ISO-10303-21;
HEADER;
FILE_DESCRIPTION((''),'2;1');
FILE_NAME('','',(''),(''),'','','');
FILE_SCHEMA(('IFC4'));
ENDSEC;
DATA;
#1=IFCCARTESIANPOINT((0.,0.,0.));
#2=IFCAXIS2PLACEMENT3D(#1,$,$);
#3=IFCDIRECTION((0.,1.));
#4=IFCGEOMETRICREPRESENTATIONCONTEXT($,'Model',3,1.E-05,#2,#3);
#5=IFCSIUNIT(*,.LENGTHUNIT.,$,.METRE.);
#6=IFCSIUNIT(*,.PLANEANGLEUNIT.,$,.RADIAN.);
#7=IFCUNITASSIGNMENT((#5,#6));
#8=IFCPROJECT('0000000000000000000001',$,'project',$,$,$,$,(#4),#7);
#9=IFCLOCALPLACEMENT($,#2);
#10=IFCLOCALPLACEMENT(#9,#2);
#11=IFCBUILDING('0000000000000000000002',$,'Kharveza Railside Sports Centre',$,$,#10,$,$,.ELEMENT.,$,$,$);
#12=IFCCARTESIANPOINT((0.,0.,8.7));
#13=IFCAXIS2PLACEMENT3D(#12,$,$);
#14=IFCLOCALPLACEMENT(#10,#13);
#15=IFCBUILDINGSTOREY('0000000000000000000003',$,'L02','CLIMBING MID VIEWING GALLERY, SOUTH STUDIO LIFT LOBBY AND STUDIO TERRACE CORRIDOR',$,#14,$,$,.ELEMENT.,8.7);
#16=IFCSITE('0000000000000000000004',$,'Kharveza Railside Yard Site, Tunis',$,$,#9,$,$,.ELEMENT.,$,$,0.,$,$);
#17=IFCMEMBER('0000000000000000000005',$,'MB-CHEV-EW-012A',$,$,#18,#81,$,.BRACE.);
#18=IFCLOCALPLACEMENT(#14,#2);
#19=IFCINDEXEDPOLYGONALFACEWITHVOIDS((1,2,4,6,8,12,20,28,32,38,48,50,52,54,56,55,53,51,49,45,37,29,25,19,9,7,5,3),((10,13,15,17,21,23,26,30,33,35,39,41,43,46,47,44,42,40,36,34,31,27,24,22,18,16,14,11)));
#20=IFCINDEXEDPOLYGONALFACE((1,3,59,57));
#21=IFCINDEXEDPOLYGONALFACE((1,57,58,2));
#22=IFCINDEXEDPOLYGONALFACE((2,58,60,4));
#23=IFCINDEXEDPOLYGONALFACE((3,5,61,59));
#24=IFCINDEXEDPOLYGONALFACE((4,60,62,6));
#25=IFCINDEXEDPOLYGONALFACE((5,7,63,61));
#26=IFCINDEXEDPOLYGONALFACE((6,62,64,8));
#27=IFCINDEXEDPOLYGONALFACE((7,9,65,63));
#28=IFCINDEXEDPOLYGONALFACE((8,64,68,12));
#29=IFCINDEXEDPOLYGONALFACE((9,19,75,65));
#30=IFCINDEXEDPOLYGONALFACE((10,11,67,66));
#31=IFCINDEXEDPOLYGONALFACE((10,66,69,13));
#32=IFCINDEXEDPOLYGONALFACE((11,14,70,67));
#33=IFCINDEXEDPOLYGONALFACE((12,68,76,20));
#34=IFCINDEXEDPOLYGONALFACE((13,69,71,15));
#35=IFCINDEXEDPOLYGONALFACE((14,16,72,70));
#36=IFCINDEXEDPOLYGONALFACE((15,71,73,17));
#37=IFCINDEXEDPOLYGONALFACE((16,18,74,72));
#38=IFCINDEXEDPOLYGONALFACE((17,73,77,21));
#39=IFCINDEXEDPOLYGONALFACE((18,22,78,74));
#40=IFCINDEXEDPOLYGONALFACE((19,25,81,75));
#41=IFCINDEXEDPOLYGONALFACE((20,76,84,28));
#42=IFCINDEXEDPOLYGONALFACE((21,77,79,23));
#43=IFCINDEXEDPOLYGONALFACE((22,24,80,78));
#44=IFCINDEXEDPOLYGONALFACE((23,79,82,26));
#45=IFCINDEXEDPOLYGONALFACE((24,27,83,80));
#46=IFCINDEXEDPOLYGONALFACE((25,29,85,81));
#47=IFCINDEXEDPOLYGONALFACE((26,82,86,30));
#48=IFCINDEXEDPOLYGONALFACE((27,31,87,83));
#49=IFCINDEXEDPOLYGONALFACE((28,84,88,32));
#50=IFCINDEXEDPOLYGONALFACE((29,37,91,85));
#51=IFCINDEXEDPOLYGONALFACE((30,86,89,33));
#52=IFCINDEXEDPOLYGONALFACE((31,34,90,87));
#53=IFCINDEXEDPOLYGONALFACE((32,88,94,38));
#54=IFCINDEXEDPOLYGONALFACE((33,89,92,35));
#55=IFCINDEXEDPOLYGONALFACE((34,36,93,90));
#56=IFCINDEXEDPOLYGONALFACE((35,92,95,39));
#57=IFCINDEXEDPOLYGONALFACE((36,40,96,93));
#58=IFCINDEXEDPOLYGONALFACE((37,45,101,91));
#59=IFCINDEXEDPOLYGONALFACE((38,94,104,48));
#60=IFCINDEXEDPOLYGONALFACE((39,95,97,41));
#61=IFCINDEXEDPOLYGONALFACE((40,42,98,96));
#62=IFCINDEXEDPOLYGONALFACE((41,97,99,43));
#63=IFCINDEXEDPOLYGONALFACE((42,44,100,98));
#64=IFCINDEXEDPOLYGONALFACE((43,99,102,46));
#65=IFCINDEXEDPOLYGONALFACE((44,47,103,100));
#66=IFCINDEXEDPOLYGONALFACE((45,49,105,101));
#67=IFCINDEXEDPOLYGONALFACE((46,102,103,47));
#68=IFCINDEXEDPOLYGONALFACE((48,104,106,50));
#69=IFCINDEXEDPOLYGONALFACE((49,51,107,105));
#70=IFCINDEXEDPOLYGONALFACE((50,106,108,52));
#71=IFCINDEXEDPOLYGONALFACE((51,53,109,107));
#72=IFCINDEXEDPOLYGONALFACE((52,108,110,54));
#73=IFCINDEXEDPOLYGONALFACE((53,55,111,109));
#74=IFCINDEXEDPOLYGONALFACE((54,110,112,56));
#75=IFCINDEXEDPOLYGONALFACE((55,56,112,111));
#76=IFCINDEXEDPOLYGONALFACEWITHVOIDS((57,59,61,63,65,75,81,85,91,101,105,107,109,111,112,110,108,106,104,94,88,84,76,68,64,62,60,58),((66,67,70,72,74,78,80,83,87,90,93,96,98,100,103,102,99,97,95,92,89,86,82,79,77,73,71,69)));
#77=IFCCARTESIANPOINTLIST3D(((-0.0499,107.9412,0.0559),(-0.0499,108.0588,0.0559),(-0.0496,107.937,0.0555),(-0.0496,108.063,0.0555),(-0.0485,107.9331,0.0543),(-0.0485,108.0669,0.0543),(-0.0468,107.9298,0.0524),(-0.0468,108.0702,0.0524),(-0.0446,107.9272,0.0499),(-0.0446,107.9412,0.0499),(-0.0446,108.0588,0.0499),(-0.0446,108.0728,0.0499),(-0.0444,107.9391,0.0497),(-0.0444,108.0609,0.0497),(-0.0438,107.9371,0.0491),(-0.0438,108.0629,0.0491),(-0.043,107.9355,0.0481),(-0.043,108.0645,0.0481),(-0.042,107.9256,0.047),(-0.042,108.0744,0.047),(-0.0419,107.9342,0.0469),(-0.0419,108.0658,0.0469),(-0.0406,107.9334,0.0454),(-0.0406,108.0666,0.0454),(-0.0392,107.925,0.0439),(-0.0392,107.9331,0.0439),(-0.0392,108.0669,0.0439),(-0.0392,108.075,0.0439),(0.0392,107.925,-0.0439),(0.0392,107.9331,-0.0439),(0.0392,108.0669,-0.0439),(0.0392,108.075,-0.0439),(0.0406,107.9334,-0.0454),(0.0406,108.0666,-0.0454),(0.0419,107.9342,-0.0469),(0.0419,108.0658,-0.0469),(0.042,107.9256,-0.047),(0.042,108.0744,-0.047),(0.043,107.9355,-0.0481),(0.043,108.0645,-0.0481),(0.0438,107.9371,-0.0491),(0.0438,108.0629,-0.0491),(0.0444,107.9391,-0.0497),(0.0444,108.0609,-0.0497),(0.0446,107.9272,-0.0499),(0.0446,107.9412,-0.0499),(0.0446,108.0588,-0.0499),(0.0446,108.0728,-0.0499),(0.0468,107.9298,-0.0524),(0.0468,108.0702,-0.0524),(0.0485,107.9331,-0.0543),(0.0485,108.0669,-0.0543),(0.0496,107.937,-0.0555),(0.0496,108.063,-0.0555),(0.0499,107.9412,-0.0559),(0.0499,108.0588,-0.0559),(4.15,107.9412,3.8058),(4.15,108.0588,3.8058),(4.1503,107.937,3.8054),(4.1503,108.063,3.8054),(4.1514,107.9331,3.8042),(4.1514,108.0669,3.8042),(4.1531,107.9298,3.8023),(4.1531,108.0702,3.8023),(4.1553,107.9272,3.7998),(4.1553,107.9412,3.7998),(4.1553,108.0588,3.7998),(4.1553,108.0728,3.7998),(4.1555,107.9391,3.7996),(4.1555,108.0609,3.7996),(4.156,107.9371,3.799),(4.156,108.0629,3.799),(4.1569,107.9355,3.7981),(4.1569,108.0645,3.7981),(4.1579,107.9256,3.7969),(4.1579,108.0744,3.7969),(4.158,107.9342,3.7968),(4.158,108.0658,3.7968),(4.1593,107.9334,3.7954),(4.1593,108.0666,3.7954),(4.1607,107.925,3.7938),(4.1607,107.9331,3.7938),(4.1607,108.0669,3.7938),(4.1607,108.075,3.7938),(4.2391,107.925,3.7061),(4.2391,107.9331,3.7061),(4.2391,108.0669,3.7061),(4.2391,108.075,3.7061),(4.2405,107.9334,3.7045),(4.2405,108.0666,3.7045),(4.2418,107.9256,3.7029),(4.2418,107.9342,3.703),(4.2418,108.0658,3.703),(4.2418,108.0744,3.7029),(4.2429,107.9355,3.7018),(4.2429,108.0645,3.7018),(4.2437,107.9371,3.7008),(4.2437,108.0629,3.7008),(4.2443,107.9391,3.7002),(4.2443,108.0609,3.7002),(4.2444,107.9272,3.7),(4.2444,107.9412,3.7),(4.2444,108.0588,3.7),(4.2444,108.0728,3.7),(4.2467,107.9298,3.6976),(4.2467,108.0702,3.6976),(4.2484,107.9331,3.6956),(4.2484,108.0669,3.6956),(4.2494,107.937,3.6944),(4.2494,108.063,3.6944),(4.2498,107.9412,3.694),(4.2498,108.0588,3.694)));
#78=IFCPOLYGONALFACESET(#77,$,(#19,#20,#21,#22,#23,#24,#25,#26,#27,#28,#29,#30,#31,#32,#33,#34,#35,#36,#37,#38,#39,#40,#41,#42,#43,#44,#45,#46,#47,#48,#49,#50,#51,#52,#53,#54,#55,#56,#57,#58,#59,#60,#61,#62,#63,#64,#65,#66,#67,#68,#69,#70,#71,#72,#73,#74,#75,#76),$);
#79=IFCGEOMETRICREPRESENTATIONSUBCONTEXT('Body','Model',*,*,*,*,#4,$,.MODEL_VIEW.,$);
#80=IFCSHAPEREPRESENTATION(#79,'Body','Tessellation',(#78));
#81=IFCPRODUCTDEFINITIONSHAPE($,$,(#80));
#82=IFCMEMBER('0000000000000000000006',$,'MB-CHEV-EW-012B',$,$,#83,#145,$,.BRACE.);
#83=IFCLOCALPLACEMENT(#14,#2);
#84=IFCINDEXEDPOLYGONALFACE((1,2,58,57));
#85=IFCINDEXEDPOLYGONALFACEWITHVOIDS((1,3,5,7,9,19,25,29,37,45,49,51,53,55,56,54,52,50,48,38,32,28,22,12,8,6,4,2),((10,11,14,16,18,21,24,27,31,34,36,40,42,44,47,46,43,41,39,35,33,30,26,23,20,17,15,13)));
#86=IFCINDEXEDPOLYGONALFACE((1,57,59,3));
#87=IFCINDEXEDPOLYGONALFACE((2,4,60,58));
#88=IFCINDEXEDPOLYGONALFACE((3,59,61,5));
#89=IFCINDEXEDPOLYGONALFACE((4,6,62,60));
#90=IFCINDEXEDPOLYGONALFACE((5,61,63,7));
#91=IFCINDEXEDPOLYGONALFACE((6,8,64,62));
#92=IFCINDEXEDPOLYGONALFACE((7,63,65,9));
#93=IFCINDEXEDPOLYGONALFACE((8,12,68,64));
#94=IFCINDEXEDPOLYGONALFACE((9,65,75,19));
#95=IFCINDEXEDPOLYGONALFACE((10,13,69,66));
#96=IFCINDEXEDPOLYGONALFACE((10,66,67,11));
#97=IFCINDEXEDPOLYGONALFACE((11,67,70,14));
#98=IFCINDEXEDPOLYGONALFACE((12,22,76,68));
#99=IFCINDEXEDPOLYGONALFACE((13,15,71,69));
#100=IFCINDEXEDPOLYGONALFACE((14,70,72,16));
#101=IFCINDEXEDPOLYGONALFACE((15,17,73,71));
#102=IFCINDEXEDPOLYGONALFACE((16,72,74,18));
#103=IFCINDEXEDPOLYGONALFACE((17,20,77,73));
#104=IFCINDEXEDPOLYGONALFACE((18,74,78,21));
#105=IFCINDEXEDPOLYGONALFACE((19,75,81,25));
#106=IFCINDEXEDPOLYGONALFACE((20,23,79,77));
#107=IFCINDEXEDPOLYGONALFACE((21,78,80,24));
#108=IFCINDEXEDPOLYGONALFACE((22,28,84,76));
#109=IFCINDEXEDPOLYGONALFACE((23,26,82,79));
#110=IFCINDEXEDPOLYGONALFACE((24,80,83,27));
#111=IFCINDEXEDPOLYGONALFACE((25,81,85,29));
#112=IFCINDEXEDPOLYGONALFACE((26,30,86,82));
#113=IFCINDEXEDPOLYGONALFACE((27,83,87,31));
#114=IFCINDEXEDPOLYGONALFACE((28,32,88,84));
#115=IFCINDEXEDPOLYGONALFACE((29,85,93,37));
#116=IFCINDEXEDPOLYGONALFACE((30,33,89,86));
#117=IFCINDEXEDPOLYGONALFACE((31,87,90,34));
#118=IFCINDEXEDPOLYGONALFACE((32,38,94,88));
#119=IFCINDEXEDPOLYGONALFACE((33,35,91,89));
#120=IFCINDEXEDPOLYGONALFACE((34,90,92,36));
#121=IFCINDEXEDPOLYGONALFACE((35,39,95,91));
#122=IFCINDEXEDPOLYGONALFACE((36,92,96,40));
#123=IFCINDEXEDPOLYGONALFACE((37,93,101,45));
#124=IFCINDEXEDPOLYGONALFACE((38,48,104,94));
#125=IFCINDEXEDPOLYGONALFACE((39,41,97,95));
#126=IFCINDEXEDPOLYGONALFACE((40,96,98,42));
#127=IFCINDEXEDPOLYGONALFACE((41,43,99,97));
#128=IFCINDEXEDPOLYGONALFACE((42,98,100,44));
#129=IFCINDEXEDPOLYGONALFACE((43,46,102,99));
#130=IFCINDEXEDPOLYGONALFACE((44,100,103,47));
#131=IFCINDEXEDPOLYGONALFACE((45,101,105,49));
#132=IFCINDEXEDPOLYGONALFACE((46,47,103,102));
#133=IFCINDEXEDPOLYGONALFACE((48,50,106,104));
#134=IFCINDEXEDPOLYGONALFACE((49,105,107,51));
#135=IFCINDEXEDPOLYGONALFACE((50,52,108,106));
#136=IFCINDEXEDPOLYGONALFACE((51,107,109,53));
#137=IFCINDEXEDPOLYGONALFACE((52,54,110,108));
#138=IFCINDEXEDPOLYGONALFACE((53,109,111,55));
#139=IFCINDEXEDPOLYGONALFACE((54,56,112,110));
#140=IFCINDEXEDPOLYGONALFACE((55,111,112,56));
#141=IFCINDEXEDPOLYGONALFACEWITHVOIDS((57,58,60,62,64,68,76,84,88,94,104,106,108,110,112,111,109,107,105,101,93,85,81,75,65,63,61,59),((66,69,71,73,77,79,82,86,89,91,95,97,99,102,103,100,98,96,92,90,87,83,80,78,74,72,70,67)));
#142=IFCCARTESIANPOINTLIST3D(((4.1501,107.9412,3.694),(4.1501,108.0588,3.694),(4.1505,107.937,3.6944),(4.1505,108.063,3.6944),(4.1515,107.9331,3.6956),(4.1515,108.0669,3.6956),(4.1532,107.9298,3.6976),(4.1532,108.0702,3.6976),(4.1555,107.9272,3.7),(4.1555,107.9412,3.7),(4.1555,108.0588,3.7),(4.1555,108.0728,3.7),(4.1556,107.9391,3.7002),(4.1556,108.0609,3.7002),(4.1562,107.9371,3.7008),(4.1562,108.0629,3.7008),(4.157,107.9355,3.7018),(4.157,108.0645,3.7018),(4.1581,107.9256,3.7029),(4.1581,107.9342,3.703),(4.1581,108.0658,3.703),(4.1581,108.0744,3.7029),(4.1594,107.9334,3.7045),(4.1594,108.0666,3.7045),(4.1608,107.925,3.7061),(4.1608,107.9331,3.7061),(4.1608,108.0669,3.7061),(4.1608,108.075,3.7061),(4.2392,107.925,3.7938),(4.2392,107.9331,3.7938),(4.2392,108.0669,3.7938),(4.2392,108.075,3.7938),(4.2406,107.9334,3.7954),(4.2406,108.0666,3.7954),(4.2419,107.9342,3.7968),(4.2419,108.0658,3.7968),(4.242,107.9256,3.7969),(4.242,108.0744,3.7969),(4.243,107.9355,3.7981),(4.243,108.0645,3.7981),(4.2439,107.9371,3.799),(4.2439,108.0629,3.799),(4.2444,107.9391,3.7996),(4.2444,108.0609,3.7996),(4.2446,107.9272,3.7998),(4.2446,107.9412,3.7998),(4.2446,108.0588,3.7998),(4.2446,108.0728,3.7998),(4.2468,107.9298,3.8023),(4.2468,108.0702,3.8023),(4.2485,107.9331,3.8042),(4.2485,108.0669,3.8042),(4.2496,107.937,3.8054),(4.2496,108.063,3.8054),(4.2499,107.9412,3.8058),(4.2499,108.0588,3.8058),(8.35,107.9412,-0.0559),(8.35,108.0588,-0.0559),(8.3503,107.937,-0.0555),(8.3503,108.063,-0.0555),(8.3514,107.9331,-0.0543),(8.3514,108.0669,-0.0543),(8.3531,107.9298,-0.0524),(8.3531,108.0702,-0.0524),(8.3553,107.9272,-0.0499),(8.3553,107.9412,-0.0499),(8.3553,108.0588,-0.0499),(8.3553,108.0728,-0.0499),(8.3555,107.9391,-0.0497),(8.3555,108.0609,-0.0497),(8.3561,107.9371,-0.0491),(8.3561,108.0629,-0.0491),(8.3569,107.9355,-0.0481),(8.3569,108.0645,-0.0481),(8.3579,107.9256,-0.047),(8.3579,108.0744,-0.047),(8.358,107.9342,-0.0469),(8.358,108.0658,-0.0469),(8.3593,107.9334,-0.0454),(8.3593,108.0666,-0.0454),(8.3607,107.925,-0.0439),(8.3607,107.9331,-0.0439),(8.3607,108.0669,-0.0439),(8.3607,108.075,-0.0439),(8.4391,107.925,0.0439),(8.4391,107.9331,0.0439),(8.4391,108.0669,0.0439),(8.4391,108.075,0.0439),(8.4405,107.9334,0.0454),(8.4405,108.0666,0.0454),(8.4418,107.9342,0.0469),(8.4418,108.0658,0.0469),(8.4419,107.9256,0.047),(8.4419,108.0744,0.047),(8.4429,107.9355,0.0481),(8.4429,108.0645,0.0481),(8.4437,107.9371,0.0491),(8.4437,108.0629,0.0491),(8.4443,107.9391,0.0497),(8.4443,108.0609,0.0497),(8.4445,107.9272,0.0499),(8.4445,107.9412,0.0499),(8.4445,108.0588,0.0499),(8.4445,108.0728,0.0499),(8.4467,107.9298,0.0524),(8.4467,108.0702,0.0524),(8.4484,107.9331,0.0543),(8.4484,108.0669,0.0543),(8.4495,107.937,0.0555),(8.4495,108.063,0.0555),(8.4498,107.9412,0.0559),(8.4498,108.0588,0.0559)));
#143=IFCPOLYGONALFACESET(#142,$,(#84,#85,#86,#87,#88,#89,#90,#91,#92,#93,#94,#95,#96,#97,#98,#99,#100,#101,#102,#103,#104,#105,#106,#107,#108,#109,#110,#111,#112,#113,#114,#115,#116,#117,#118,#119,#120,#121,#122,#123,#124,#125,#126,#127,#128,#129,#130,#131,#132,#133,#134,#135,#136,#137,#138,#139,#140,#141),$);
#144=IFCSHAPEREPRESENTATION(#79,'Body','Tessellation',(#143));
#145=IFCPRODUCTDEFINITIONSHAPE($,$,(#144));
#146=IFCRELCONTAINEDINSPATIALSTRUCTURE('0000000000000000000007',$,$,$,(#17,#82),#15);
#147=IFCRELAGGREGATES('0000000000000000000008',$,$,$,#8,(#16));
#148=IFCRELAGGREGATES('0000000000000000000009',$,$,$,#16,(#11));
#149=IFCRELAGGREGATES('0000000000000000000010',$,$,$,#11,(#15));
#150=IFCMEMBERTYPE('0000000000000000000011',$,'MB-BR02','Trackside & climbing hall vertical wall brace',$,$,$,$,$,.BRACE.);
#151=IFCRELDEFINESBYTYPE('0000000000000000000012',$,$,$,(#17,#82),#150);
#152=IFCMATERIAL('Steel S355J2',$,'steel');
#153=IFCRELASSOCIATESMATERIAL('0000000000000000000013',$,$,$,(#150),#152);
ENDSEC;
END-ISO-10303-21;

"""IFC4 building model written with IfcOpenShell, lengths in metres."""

from ifc_helpers import new_model, si_unit, direction, frame, origin, origin_2d, place, context, subcontext, project, spatial, hollow_rectangle, extrude, material, material_profile, profile_set, type_object, element, save


model = new_model("IFC4")

# Units and contexts
model_context = context("Model", 3, precision=1e-05, world=origin(), true_north=direction((0.0, 1.0)))
body_context = subcontext(model_context, "Body", "Model", "MODEL_VIEW")
ifc_project = project(units=[si_unit("LENGTHUNIT", "METRE"), si_unit("PLANEANGLEUNIT", "RADIAN")], contexts=[model_context])

# Site, building, storey
site_placement = place(None, origin())
site = spatial("IfcSite", under=ifc_project, at=site_placement, Name="Kharveza Railside Yard Site, Tunis", CompositionType="ELEMENT", RefElevation=0.0)
building_placement = place(site_placement, origin())
building = spatial("IfcBuilding", under=site, at=building_placement, Name="Kharveza Railside Sports Centre", CompositionType="ELEMENT")
storey_placement = place(building_placement, frame((0.0, 0.0, 8.7)))
storey = spatial("IfcBuildingStorey", under=building, at=storey_placement, Name="L02", Description="CLIMBING MID VIEWING GALLERY, SOUTH STUDIO LIFT LOBBY AND STUDIO TERRACE CORRIDOR", CompositionType="ELEMENT", Elevation=8.7)

# Shared definitions
ifc_material_1 = material(Name="Steel S355J2", Category="steel")

# Members
ifc_material_profile_1 = material_profile(ifc_material_1, hollow_rectangle(XDim=0.1499, YDim=0.1499, WallThickness=0.0081, InnerFilletRadius=0.0081, OuterFilletRadius=0.0161, at=origin_2d()), Name="SHS 150x150x8.0")
ifc_profile_set_1 = profile_set([ifc_material_profile_1], Name="Steel S355J2")
member_type = type_object("IfcMemberType", Name="MB-BR02", Description="Trackside & climbing hall vertical wall brace", PredefinedType="BRACE", material=ifc_profile_set_1)
for number, where, z_axis, x_axis, name in (
    (1, (0.0, 108.0, 0.0), (0.745934, 0.0, 0.66602), (0.0, 1.0, 0.0), "MB-CHEV-EW-012A"),
    (2, (8.3999, 108.0, 0.0), (-0.745934, 0.0, 0.66602), (0.0, -1.0, 0.0), "MB-CHEV-EW-012B"),
):
    element("IfcMember", number, at=place(storey_placement, frame(where, z_axis=z_axis, x_axis=x_axis)), inside=storey, type_object=member_type, Name=name, PredefinedType="BRACE", context=body_context, shape_type="SweptSolid", body=[
        extrude(hollow_rectangle(XDim=0.1499, YDim=0.1499, WallThickness=0.0081, InnerFilletRadius=0.0081, OuterFilletRadius=0.0161, at=origin_2d()), origin(), (0.0, 0.0, 1.0), 5.6304),
    ])

save(model, "model.ifc")
